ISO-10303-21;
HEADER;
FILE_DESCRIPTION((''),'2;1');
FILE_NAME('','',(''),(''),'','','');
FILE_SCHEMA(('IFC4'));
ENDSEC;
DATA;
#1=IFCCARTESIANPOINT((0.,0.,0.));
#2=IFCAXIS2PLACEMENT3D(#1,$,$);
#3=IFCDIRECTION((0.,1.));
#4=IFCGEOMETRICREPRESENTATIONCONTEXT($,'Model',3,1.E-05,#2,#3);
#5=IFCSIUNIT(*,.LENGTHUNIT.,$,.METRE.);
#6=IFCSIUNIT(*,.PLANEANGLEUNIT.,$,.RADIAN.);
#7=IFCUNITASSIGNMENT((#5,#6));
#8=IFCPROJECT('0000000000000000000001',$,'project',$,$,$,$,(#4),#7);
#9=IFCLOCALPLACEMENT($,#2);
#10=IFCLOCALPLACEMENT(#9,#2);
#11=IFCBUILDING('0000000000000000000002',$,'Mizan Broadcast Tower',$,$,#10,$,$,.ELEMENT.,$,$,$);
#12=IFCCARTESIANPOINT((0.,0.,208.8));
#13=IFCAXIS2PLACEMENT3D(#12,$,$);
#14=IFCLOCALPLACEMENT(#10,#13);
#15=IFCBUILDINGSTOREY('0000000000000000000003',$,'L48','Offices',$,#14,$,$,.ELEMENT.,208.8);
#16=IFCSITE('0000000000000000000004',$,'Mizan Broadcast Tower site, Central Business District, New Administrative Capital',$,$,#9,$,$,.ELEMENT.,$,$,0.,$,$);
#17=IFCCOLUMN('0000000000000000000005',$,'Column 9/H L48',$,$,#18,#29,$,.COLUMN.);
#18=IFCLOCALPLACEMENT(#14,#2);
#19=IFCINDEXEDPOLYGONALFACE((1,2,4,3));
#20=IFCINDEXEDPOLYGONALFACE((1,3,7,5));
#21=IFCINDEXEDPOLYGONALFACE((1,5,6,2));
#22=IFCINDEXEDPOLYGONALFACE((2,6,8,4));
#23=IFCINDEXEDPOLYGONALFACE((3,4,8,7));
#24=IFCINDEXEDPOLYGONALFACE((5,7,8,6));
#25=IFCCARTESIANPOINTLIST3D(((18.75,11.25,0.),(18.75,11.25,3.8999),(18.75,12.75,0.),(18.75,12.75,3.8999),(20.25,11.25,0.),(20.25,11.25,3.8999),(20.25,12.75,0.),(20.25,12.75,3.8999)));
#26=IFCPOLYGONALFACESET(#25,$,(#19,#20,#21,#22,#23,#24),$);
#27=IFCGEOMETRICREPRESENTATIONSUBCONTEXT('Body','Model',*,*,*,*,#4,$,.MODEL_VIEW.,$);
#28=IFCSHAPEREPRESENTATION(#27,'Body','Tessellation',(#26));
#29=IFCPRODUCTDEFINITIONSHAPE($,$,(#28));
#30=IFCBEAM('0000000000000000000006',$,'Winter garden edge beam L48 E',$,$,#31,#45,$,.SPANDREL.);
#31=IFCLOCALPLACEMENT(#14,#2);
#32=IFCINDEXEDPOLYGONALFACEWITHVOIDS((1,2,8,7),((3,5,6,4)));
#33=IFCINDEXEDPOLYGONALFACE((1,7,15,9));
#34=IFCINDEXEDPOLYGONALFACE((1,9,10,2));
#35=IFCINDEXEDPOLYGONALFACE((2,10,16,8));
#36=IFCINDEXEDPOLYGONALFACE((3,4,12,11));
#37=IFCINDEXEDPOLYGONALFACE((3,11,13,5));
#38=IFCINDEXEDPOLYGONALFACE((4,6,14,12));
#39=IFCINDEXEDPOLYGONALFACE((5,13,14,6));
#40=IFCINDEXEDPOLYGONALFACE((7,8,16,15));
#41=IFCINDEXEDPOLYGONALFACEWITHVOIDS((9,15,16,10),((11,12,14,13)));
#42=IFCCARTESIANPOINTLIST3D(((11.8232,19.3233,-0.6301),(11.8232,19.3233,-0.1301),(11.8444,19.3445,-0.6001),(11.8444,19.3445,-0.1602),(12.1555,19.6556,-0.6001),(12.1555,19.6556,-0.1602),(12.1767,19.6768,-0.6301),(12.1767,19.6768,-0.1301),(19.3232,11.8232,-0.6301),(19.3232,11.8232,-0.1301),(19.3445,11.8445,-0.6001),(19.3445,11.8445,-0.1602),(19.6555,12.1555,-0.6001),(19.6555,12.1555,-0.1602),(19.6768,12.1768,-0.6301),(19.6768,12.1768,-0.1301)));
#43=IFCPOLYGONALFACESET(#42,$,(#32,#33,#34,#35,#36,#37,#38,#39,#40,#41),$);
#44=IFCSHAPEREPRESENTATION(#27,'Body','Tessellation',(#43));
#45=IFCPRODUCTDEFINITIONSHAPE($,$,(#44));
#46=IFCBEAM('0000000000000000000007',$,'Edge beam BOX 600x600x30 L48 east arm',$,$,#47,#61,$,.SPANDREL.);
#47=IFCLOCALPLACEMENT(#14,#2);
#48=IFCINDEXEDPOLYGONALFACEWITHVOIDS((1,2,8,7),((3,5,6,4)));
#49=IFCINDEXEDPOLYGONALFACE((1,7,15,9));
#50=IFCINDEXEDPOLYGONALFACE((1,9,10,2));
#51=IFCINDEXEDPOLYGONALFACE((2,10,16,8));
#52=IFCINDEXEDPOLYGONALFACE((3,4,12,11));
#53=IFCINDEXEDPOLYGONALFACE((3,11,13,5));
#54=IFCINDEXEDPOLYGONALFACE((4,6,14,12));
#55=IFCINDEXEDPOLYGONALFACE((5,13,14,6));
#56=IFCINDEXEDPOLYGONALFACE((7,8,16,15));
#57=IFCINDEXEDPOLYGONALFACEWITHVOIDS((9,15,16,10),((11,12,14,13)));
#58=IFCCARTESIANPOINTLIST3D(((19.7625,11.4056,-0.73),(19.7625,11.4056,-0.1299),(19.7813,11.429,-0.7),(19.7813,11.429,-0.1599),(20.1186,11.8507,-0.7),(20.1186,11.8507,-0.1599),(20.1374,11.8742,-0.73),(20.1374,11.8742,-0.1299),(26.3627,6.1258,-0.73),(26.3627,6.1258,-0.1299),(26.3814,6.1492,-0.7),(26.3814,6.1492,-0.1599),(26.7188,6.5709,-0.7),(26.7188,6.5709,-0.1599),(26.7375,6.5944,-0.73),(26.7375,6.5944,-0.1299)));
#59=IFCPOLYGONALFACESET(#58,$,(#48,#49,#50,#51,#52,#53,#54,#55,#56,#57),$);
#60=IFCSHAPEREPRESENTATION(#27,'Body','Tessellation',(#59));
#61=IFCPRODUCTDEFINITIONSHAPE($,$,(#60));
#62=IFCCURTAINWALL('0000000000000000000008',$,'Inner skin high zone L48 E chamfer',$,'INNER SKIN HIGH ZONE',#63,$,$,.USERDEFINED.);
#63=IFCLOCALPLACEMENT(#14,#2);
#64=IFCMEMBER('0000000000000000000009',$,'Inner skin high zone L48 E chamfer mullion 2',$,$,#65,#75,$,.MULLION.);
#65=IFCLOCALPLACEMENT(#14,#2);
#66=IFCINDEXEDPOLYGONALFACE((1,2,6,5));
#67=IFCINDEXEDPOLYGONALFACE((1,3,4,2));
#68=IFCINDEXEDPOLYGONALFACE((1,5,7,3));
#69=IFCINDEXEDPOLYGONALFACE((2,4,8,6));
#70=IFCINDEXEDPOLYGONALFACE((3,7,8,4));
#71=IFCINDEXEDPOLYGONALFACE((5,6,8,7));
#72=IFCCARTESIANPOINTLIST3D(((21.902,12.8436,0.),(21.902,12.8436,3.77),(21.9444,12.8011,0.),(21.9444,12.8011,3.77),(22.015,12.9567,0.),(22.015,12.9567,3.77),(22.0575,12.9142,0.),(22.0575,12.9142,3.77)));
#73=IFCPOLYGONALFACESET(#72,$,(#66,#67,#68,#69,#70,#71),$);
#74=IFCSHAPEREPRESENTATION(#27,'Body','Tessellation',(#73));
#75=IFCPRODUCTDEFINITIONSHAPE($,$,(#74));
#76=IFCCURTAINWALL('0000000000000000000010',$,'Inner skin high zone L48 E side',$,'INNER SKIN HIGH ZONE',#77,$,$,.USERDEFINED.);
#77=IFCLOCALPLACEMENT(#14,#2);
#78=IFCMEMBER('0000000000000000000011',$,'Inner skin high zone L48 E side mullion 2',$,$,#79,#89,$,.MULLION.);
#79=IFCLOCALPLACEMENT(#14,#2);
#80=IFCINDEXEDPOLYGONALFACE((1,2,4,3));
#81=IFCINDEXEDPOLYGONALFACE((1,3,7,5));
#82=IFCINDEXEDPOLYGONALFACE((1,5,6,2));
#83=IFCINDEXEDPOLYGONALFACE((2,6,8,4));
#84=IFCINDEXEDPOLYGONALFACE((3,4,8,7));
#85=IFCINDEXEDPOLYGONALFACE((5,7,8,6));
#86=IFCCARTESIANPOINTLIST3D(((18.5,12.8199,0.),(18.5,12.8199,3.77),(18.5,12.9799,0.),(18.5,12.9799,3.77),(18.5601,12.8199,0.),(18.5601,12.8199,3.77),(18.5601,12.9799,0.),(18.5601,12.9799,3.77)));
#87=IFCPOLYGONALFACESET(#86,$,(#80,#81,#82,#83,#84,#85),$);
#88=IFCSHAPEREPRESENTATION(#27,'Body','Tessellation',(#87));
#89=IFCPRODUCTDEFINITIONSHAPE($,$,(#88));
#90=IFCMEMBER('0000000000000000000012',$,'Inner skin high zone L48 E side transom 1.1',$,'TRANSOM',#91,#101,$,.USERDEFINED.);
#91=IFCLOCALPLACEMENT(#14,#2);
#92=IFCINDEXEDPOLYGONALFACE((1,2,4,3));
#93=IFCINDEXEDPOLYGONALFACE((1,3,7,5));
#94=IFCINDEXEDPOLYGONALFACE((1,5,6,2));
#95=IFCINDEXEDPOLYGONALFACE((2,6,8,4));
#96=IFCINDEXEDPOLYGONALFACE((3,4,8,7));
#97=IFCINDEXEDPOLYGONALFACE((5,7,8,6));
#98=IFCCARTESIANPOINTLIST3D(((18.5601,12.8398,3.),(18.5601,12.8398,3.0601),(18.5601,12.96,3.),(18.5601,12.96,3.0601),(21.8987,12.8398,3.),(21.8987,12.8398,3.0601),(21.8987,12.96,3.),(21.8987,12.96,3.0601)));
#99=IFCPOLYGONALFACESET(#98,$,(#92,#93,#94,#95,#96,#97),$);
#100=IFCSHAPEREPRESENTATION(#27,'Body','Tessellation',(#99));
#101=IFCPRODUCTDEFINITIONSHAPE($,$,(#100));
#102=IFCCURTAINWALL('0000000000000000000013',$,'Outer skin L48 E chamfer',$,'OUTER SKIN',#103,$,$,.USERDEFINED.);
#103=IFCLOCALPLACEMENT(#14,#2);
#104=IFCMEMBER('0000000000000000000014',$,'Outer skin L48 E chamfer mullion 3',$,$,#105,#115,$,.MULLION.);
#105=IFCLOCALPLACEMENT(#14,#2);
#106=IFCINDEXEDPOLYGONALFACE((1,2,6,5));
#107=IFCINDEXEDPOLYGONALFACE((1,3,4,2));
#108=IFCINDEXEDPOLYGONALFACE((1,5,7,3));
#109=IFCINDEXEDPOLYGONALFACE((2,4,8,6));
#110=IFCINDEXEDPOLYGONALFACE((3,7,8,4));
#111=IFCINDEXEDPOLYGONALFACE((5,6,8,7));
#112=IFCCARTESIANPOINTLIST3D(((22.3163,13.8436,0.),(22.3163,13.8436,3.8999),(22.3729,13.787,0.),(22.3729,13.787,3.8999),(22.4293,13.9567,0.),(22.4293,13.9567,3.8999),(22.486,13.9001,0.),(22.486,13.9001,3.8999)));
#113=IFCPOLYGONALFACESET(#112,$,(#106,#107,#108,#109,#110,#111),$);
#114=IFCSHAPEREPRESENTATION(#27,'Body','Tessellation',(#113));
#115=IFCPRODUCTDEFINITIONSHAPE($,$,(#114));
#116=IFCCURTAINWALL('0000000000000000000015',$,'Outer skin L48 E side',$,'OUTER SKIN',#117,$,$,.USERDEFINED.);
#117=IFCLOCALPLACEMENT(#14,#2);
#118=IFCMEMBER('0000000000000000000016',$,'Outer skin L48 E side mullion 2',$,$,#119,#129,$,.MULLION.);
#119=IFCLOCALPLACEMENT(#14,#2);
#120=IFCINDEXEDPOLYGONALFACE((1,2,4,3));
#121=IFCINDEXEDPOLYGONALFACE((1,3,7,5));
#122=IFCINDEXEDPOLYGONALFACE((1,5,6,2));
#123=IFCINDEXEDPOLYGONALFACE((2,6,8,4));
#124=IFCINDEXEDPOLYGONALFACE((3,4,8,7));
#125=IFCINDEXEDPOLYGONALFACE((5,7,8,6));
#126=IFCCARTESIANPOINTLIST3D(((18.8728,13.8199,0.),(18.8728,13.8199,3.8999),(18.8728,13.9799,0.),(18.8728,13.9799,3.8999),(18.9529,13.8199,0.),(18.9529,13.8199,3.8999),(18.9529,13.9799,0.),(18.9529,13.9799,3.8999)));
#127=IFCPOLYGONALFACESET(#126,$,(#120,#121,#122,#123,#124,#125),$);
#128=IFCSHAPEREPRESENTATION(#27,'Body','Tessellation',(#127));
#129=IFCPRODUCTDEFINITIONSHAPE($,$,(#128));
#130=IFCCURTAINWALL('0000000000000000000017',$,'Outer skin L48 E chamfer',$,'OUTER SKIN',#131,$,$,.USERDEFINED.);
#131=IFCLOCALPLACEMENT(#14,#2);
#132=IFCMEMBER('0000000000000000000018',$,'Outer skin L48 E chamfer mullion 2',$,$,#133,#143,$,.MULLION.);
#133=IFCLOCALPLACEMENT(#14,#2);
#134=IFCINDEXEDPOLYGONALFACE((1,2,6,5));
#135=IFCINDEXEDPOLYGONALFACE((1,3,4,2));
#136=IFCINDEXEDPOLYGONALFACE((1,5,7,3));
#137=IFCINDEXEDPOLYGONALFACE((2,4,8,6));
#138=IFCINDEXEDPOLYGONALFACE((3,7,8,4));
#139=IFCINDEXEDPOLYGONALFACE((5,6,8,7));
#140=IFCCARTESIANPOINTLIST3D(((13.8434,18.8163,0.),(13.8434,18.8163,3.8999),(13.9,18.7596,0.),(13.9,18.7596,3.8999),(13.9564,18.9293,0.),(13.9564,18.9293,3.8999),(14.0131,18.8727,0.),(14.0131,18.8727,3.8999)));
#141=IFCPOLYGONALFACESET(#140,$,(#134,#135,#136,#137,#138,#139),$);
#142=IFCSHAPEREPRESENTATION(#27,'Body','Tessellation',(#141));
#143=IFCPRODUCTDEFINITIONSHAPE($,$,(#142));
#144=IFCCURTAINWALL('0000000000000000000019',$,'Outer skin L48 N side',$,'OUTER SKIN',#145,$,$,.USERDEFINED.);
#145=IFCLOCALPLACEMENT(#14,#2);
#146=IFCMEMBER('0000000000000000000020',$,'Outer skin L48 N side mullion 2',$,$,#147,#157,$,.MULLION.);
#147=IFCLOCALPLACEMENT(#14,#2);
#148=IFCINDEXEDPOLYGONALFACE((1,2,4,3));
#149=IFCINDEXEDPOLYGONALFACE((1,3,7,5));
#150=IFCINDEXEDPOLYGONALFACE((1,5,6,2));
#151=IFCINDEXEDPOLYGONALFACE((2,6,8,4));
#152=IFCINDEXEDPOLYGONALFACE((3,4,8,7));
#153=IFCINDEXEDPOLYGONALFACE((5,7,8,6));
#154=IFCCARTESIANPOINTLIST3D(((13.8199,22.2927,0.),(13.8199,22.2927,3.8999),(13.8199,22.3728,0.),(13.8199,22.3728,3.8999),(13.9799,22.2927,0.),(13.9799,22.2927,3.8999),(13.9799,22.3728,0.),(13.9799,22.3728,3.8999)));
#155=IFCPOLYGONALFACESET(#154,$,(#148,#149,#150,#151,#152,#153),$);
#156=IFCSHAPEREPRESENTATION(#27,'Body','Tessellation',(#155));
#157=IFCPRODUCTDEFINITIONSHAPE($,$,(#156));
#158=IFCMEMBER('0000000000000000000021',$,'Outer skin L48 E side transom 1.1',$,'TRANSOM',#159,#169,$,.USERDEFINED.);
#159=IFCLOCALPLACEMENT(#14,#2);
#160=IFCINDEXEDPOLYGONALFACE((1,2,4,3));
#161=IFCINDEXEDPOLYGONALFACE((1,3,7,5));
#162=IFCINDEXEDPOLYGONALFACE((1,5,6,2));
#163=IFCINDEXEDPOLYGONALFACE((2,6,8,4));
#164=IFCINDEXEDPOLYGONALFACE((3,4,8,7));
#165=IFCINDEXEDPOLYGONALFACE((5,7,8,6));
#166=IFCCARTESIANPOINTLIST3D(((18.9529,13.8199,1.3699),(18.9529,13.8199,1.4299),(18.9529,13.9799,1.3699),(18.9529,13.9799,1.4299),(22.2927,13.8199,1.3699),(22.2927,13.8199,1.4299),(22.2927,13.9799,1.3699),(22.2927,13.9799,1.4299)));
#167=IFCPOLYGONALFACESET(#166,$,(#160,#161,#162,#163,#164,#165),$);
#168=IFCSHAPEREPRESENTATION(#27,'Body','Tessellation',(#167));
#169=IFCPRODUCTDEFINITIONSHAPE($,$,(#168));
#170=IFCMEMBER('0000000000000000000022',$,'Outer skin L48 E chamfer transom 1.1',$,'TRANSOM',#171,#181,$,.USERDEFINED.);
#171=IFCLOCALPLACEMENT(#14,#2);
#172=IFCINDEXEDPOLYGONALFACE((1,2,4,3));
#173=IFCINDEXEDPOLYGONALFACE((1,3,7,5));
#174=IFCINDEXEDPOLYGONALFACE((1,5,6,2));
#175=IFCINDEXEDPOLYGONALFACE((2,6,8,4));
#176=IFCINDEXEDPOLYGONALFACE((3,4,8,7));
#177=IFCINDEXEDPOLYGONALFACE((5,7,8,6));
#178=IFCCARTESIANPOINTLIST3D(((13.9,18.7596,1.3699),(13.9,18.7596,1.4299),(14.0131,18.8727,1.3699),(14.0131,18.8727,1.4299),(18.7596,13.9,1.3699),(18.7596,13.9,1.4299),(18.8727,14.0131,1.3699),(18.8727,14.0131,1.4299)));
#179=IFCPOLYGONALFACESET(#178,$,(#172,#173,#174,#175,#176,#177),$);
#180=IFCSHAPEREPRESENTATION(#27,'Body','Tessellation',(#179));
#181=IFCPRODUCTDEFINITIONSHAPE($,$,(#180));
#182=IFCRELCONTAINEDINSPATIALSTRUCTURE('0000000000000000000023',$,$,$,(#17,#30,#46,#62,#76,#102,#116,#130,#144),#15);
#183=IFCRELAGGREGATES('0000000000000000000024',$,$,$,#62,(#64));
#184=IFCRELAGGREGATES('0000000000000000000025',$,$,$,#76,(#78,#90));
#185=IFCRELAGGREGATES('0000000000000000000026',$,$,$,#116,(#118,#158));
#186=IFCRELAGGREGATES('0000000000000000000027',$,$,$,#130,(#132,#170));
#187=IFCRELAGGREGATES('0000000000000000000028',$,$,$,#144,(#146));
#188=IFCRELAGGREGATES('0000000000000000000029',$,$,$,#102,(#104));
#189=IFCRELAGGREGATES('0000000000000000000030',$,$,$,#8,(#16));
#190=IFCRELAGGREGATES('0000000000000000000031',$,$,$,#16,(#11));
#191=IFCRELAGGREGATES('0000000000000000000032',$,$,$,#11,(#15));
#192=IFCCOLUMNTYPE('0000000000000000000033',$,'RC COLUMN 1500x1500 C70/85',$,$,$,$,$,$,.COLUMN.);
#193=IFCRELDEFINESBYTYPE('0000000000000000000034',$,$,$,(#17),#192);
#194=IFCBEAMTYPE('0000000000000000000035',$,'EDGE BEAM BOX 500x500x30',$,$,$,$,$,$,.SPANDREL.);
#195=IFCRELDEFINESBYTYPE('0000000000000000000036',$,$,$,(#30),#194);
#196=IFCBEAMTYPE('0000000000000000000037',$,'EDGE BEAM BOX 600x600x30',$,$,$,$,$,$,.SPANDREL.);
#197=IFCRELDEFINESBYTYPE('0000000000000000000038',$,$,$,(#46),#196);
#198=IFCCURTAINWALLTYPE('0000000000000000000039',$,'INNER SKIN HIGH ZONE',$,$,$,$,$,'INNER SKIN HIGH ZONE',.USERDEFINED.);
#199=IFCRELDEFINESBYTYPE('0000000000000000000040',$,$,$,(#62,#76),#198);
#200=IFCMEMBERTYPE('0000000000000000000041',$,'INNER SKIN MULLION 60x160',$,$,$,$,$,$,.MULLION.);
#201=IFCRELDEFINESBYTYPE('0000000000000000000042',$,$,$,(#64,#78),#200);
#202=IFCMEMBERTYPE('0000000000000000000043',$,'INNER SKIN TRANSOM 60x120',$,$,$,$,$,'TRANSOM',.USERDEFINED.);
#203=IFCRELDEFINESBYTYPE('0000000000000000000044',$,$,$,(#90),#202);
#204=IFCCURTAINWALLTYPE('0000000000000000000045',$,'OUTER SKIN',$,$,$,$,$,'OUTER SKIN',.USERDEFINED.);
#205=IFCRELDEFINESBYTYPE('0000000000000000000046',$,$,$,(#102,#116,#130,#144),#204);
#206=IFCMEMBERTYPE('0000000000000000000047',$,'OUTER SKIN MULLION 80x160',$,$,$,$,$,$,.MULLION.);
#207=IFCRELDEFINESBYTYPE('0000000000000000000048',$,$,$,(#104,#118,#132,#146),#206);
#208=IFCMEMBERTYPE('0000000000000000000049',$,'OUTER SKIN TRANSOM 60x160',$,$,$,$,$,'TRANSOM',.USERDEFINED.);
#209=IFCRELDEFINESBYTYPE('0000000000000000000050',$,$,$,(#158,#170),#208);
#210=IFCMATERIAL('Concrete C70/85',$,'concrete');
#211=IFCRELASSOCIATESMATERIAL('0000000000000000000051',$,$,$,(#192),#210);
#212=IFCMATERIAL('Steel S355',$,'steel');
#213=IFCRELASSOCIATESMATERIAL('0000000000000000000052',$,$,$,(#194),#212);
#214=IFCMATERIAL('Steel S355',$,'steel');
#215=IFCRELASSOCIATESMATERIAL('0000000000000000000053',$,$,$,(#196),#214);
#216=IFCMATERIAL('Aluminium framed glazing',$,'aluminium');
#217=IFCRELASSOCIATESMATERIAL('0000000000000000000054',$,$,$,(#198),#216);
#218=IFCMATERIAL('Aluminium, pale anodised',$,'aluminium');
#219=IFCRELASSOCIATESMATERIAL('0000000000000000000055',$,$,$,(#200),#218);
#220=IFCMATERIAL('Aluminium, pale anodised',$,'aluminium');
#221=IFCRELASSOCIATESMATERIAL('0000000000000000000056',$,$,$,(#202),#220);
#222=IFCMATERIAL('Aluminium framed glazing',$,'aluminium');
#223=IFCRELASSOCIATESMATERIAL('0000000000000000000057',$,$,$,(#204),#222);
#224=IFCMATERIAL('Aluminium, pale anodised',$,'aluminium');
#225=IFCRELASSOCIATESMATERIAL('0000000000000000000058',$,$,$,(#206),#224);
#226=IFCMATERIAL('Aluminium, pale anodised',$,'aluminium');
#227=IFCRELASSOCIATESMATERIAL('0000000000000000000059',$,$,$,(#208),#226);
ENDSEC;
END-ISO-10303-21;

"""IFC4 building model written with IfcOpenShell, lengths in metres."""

from ifc_helpers import new_model, si_unit, direction, frame, origin, origin_2d, place, context, subcontext, project, spatial, rectangle, hollow_rectangle, extrude, material, material_profile, profile_set, type_object, element, aggregate, save


model = new_model("IFC4")

# Units and contexts
model_context = context("Model", 3, precision=1e-05, world=origin(), true_north=direction((0.0, 1.0)))
body_context = subcontext(model_context, "Body", "Model", "MODEL_VIEW")
ifc_project = project(units=[si_unit("LENGTHUNIT", "METRE"), si_unit("PLANEANGLEUNIT", "RADIAN")], contexts=[model_context])

# Site, building, storey
site_placement = place(None, origin())
site = spatial("IfcSite", under=ifc_project, at=site_placement, Name="Mizan Broadcast Tower site, Central Business District, New Administrative Capital", CompositionType="ELEMENT", RefElevation=0.0)
building_placement = place(site_placement, origin())
building = spatial("IfcBuilding", under=site, at=building_placement, Name="Mizan Broadcast Tower", CompositionType="ELEMENT")
storey_placement = place(building_placement, frame((0.0, 0.0, 208.8)))
storey = spatial("IfcBuildingStorey", under=building, at=storey_placement, Name="L48", Description="Offices", CompositionType="ELEMENT", Elevation=208.8)

# Column
ifc_material_1 = material(Name="Concrete C70/85", Category="concrete")
ifc_material_profile_1 = material_profile(ifc_material_1, rectangle(XDim=1.5, YDim=1.5, at=origin_2d()), Name="RC 1500x1500")
ifc_profile_set_1 = profile_set([ifc_material_profile_1], Name="Concrete C70/85")
column_type = type_object("IfcColumnType", Name="RC COLUMN 1500x1500 C70/85", PredefinedType="COLUMN", material=ifc_profile_set_1)
column_placement = place(storey_placement, frame((19.5, 12.0, 0.0), z_axis=(0.0, 0.0, 1.0), x_axis=(1.0, 0.0, 0.0)))
element("IfcColumn", 1, at=column_placement, inside=storey, type_object=column_type, Name="Column 9/H L48", PredefinedType="COLUMN", context=body_context, shape_type="SweptSolid", body=[
    extrude(rectangle(XDim=1.5, YDim=1.5, at=origin_2d()), origin(), (0.0, 0.0, 1.0), 3.8999),
])

# Beams
ifc_material_2 = material(Name="Steel S355", Category="steel")
ifc_material_profile_2 = material_profile(ifc_material_2, hollow_rectangle(XDim=0.5, YDim=0.5, WallThickness=0.03, at=origin_2d()), Name="BOX 500x500x30")
ifc_profile_set_2 = profile_set([ifc_material_profile_2], Name="Steel S355")
beam_type_1 = type_object("IfcBeamType", Name="EDGE BEAM BOX 500x500x30", PredefinedType="SPANDREL", material=ifc_profile_set_2)
beam_1_placement = place(storey_placement, frame((19.5, 12.0, -0.3801), z_axis=(-0.707107, 0.707107, 0.0), x_axis=(-0.707107, -0.707107, 0.0)))
element("IfcBeam", 2, at=beam_1_placement, inside=storey, type_object=beam_type_1, Name="Winter garden edge beam L48 E", PredefinedType="SPANDREL", context=body_context, shape_type="SweptSolid", body=[
    extrude(hollow_rectangle(XDim=0.5, YDim=0.5, WallThickness=0.03, at=origin_2d()), origin(), (0.0, 0.0, 1.0), 10.6067),
])
ifc_material_3 = material(Name="Steel S355", Category="steel")
ifc_material_profile_3 = material_profile(ifc_material_3, hollow_rectangle(XDim=0.6001, YDim=0.6001, WallThickness=0.03, at=origin_2d()), Name="BOX 600x600x30")
ifc_profile_set_3 = profile_set([ifc_material_profile_3], Name="Steel S355")
beam_type_2 = type_object("IfcBeamType", Name="EDGE BEAM BOX 600x600x30", PredefinedType="SPANDREL", material=ifc_profile_set_3)
beam_2_placement = place(storey_placement, frame((19.95, 11.6399, -0.4299), z_axis=(0.780886, -0.624674, 0.0), x_axis=(0.624674, 0.780886, 0.0)))
element("IfcBeam", 3, at=beam_2_placement, inside=storey, type_object=beam_type_2, Name="Edge beam BOX 600x600x30 L48 east arm", PredefinedType="SPANDREL", context=body_context, shape_type="SweptSolid", body=[
    extrude(hollow_rectangle(XDim=0.6001, YDim=0.6001, WallThickness=0.03, at=origin_2d()), origin(), (0.0, 0.0, 1.0), 8.4521),
])

# Curtain wall, member
ifc_material_4 = material(Name="Aluminium framed glazing", Category="aluminium")
curtain_wall_type_1 = type_object("IfcCurtainWallType", Name="INNER SKIN HIGH ZONE", ElementType="INNER SKIN HIGH ZONE", PredefinedType="USERDEFINED", material=ifc_material_4)
curtain_wall_1_placement = place(storey_placement, origin())
curtain_wall_1 = element("IfcCurtainWall", 4, at=curtain_wall_1_placement, inside=storey, type_object=curtain_wall_type_1, Name="Inner skin high zone L48 E chamfer", ObjectType="INNER SKIN HIGH ZONE", PredefinedType="USERDEFINED")
ifc_material_5 = material(Name="Aluminium, pale anodised", Category="aluminium")
ifc_material_profile_4 = material_profile(ifc_material_5, rectangle(XDim=0.1599, YDim=0.0601, at=origin_2d()), Name="MULLION 160x60")
ifc_profile_set_4 = profile_set([ifc_material_profile_4], Name="Aluminium, pale anodised")
member_type_1 = type_object("IfcMemberType", Name="INNER SKIN MULLION 60x160", PredefinedType="MULLION", material=ifc_profile_set_4)
member_1_placement = place(storey_placement, frame((21.9797, 12.8789, 0.0), z_axis=(0.0, 0.0, 1.0), x_axis=(-0.707107, -0.707107, 0.0)))
member_1 = element("IfcMember", 5, at=member_1_placement, type_object=member_type_1, Name="Inner skin high zone L48 E chamfer mullion 2", PredefinedType="MULLION", context=body_context, shape_type="SweptSolid", body=[
    extrude(rectangle(XDim=0.1599, YDim=0.0601, at=origin_2d()), origin(), (0.0, 0.0, 1.0), 3.77),
])
aggregate(curtain_wall_1, [member_1])

# Curtain wall, members
curtain_wall_2_placement = place(storey_placement, origin())
curtain_wall_2 = element("IfcCurtainWall", 6, at=curtain_wall_2_placement, inside=storey, type_object=curtain_wall_type_1, Name="Inner skin high zone L48 E side", ObjectType="INNER SKIN HIGH ZONE", PredefinedType="USERDEFINED")
member_2_placement = place(storey_placement, frame((18.53, 12.8999, 0.0), z_axis=(0.0, 0.0, 1.0), x_axis=(0.0, -1.0, 0.0)))
member_2 = element("IfcMember", 7, at=member_2_placement, type_object=member_type_1, Name="Inner skin high zone L48 E side mullion 2", PredefinedType="MULLION", context=body_context, shape_type="SweptSolid", body=[
    extrude(rectangle(XDim=0.1599, YDim=0.0601, at=origin_2d()), origin(), (0.0, 0.0, 1.0), 3.77),
])
ifc_material_6 = material(Name="Aluminium, pale anodised", Category="aluminium")
ifc_material_profile_5 = material_profile(ifc_material_6, rectangle(XDim=0.1201, YDim=0.0601, at=origin_2d()), Name="TRANSOM 120x60")
ifc_profile_set_5 = profile_set([ifc_material_profile_5], Name="Aluminium, pale anodised")
member_type_2 = type_object("IfcMemberType", Name="INNER SKIN TRANSOM 60x120", ElementType="TRANSOM", PredefinedType="USERDEFINED", material=ifc_profile_set_5)
member_3_placement = place(storey_placement, frame((21.8987, 12.8999, 3.03), z_axis=(-1.0, 0.0, 0.0), x_axis=(0.0, -1.0, 0.0)))
member_3 = element("IfcMember", 8, at=member_3_placement, type_object=member_type_2, Name="Inner skin high zone L48 E side transom 1.1", ObjectType="TRANSOM", PredefinedType="USERDEFINED", context=body_context, shape_type="SweptSolid", body=[
    extrude(rectangle(XDim=0.1201, YDim=0.0601, at=origin_2d()), origin(), (0.0, 0.0, 1.0), 3.3386),
])

# Curtain walls, members
ifc_material_7 = material(Name="Aluminium framed glazing", Category="aluminium")
curtain_wall_type_2 = type_object("IfcCurtainWallType", Name="OUTER SKIN", ElementType="OUTER SKIN", PredefinedType="USERDEFINED", material=ifc_material_7)
curtain_wall_3_placement = place(storey_placement, origin())
curtain_wall_3 = element("IfcCurtainWall", 9, at=curtain_wall_3_placement, inside=storey, type_object=curtain_wall_type_2, Name="Outer skin L48 E chamfer", ObjectType="OUTER SKIN", PredefinedType="USERDEFINED")
ifc_material_8 = material(Name="Aluminium, pale anodised", Category="aluminium")
ifc_material_profile_6 = material_profile(ifc_material_8, rectangle(XDim=0.1599, YDim=0.0801, at=origin_2d()), Name="MULLION 160x80")
ifc_profile_set_6 = profile_set([ifc_material_profile_6], Name="Aluminium, pale anodised")
member_type_3 = type_object("IfcMemberType", Name="OUTER SKIN MULLION 80x160", PredefinedType="MULLION", material=ifc_profile_set_6)
member_4_placement = place(storey_placement, frame((22.4011, 13.8718, 0.0), z_axis=(0.0, 0.0, 1.0), x_axis=(-0.707107, -0.707107, 0.0)))
member_4 = element("IfcMember", 10, at=member_4_placement, type_object=member_type_3, Name="Outer skin L48 E chamfer mullion 3", PredefinedType="MULLION", context=body_context, shape_type="SweptSolid", body=[
    extrude(rectangle(XDim=0.1599, YDim=0.0801, at=origin_2d()), origin(), (0.0, 0.0, 1.0), 3.8999),
])
curtain_wall_4_placement = place(storey_placement, origin())
curtain_wall_4 = element("IfcCurtainWall", 11, at=curtain_wall_4_placement, inside=storey, type_object=curtain_wall_type_2, Name="Outer skin L48 E side", ObjectType="OUTER SKIN", PredefinedType="USERDEFINED")
member_5_placement = place(storey_placement, frame((18.9128, 13.8999, 0.0), z_axis=(0.0, 0.0, 1.0), x_axis=(0.0, -1.0, 0.0)))
member_5 = element("IfcMember", 12, at=member_5_placement, type_object=member_type_3, Name="Outer skin L48 E side mullion 2", PredefinedType="MULLION", context=body_context, shape_type="SweptSolid", body=[
    extrude(rectangle(XDim=0.1599, YDim=0.0801, at=origin_2d()), origin(), (0.0, 0.0, 1.0), 3.8999),
])
curtain_wall_5_placement = place(storey_placement, origin())
curtain_wall_5 = element("IfcCurtainWall", 13, at=curtain_wall_5_placement, inside=storey, type_object=curtain_wall_type_2, Name="Outer skin L48 E chamfer", ObjectType="OUTER SKIN", PredefinedType="USERDEFINED")
member_6_placement = place(storey_placement, frame((13.9282, 18.8445, 0.0), z_axis=(0.0, 0.0, 1.0), x_axis=(-0.707107, -0.707107, 0.0)))
member_6 = element("IfcMember", 14, at=member_6_placement, type_object=member_type_3, Name="Outer skin L48 E chamfer mullion 2", PredefinedType="MULLION", context=body_context, shape_type="SweptSolid", body=[
    extrude(rectangle(XDim=0.1599, YDim=0.0801, at=origin_2d()), origin(), (0.0, 0.0, 1.0), 3.8999),
])
curtain_wall_6_placement = place(storey_placement, origin())
curtain_wall_6 = element("IfcCurtainWall", 15, at=curtain_wall_6_placement, inside=storey, type_object=curtain_wall_type_2, Name="Outer skin L48 N side", ObjectType="OUTER SKIN", PredefinedType="USERDEFINED")
member_7_placement = place(storey_placement, frame((13.8999, 22.3328, 0.0), z_axis=(0.0, 0.0, 1.0), x_axis=(-1.0, 0.0, 0.0)))
member_7 = element("IfcMember", 16, at=member_7_placement, type_object=member_type_3, Name="Outer skin L48 N side mullion 2", PredefinedType="MULLION", context=body_context, shape_type="SweptSolid", body=[
    extrude(rectangle(XDim=0.1599, YDim=0.0801, at=origin_2d()), origin(), (0.0, 0.0, 1.0), 3.8999),
])

# Members
ifc_material_9 = material(Name="Aluminium, pale anodised", Category="aluminium")
ifc_material_profile_7 = material_profile(ifc_material_9, rectangle(XDim=0.1599, YDim=0.0601, at=origin_2d()), Name="TRANSOM 160x60")
ifc_profile_set_7 = profile_set([ifc_material_profile_7], Name="Aluminium, pale anodised")
member_type_4 = type_object("IfcMemberType", Name="OUTER SKIN TRANSOM 60x160", ElementType="TRANSOM", PredefinedType="USERDEFINED", material=ifc_profile_set_7)
member_8_placement = place(storey_placement, frame((22.2927, 13.8999, 1.3999), z_axis=(-1.0, 0.0, 0.0), x_axis=(0.0, -1.0, 0.0)))
member_8 = element("IfcMember", 17, at=member_8_placement, type_object=member_type_4, Name="Outer skin L48 E side transom 1.1", ObjectType="TRANSOM", PredefinedType="USERDEFINED", context=body_context, shape_type="SweptSolid", body=[
    extrude(rectangle(XDim=0.1599, YDim=0.0601, at=origin_2d()), origin(), (0.0, 0.0, 1.0), 3.3398),
])
member_9_placement = place(storey_placement, frame((18.8162, 13.9565, 1.3999), z_axis=(-0.707107, 0.707107, 0.0), x_axis=(-0.707107, -0.707107, 0.0)))
member_9 = element("IfcMember", 18, at=member_9_placement, type_object=member_type_4, Name="Outer skin L48 E chamfer transom 1.1", ObjectType="TRANSOM", PredefinedType="USERDEFINED", context=body_context, shape_type="SweptSolid", body=[
    extrude(rectangle(XDim=0.1599, YDim=0.0601, at=origin_2d()), origin(), (0.0, 0.0, 1.0), 6.8726),
])

aggregate(curtain_wall_2, [member_2, member_3])
aggregate(curtain_wall_4, [member_5, member_8])
aggregate(curtain_wall_5, [member_6, member_9])
aggregate(curtain_wall_6, [member_7])
aggregate(curtain_wall_3, [member_4])

save(model, "model.ifc")
